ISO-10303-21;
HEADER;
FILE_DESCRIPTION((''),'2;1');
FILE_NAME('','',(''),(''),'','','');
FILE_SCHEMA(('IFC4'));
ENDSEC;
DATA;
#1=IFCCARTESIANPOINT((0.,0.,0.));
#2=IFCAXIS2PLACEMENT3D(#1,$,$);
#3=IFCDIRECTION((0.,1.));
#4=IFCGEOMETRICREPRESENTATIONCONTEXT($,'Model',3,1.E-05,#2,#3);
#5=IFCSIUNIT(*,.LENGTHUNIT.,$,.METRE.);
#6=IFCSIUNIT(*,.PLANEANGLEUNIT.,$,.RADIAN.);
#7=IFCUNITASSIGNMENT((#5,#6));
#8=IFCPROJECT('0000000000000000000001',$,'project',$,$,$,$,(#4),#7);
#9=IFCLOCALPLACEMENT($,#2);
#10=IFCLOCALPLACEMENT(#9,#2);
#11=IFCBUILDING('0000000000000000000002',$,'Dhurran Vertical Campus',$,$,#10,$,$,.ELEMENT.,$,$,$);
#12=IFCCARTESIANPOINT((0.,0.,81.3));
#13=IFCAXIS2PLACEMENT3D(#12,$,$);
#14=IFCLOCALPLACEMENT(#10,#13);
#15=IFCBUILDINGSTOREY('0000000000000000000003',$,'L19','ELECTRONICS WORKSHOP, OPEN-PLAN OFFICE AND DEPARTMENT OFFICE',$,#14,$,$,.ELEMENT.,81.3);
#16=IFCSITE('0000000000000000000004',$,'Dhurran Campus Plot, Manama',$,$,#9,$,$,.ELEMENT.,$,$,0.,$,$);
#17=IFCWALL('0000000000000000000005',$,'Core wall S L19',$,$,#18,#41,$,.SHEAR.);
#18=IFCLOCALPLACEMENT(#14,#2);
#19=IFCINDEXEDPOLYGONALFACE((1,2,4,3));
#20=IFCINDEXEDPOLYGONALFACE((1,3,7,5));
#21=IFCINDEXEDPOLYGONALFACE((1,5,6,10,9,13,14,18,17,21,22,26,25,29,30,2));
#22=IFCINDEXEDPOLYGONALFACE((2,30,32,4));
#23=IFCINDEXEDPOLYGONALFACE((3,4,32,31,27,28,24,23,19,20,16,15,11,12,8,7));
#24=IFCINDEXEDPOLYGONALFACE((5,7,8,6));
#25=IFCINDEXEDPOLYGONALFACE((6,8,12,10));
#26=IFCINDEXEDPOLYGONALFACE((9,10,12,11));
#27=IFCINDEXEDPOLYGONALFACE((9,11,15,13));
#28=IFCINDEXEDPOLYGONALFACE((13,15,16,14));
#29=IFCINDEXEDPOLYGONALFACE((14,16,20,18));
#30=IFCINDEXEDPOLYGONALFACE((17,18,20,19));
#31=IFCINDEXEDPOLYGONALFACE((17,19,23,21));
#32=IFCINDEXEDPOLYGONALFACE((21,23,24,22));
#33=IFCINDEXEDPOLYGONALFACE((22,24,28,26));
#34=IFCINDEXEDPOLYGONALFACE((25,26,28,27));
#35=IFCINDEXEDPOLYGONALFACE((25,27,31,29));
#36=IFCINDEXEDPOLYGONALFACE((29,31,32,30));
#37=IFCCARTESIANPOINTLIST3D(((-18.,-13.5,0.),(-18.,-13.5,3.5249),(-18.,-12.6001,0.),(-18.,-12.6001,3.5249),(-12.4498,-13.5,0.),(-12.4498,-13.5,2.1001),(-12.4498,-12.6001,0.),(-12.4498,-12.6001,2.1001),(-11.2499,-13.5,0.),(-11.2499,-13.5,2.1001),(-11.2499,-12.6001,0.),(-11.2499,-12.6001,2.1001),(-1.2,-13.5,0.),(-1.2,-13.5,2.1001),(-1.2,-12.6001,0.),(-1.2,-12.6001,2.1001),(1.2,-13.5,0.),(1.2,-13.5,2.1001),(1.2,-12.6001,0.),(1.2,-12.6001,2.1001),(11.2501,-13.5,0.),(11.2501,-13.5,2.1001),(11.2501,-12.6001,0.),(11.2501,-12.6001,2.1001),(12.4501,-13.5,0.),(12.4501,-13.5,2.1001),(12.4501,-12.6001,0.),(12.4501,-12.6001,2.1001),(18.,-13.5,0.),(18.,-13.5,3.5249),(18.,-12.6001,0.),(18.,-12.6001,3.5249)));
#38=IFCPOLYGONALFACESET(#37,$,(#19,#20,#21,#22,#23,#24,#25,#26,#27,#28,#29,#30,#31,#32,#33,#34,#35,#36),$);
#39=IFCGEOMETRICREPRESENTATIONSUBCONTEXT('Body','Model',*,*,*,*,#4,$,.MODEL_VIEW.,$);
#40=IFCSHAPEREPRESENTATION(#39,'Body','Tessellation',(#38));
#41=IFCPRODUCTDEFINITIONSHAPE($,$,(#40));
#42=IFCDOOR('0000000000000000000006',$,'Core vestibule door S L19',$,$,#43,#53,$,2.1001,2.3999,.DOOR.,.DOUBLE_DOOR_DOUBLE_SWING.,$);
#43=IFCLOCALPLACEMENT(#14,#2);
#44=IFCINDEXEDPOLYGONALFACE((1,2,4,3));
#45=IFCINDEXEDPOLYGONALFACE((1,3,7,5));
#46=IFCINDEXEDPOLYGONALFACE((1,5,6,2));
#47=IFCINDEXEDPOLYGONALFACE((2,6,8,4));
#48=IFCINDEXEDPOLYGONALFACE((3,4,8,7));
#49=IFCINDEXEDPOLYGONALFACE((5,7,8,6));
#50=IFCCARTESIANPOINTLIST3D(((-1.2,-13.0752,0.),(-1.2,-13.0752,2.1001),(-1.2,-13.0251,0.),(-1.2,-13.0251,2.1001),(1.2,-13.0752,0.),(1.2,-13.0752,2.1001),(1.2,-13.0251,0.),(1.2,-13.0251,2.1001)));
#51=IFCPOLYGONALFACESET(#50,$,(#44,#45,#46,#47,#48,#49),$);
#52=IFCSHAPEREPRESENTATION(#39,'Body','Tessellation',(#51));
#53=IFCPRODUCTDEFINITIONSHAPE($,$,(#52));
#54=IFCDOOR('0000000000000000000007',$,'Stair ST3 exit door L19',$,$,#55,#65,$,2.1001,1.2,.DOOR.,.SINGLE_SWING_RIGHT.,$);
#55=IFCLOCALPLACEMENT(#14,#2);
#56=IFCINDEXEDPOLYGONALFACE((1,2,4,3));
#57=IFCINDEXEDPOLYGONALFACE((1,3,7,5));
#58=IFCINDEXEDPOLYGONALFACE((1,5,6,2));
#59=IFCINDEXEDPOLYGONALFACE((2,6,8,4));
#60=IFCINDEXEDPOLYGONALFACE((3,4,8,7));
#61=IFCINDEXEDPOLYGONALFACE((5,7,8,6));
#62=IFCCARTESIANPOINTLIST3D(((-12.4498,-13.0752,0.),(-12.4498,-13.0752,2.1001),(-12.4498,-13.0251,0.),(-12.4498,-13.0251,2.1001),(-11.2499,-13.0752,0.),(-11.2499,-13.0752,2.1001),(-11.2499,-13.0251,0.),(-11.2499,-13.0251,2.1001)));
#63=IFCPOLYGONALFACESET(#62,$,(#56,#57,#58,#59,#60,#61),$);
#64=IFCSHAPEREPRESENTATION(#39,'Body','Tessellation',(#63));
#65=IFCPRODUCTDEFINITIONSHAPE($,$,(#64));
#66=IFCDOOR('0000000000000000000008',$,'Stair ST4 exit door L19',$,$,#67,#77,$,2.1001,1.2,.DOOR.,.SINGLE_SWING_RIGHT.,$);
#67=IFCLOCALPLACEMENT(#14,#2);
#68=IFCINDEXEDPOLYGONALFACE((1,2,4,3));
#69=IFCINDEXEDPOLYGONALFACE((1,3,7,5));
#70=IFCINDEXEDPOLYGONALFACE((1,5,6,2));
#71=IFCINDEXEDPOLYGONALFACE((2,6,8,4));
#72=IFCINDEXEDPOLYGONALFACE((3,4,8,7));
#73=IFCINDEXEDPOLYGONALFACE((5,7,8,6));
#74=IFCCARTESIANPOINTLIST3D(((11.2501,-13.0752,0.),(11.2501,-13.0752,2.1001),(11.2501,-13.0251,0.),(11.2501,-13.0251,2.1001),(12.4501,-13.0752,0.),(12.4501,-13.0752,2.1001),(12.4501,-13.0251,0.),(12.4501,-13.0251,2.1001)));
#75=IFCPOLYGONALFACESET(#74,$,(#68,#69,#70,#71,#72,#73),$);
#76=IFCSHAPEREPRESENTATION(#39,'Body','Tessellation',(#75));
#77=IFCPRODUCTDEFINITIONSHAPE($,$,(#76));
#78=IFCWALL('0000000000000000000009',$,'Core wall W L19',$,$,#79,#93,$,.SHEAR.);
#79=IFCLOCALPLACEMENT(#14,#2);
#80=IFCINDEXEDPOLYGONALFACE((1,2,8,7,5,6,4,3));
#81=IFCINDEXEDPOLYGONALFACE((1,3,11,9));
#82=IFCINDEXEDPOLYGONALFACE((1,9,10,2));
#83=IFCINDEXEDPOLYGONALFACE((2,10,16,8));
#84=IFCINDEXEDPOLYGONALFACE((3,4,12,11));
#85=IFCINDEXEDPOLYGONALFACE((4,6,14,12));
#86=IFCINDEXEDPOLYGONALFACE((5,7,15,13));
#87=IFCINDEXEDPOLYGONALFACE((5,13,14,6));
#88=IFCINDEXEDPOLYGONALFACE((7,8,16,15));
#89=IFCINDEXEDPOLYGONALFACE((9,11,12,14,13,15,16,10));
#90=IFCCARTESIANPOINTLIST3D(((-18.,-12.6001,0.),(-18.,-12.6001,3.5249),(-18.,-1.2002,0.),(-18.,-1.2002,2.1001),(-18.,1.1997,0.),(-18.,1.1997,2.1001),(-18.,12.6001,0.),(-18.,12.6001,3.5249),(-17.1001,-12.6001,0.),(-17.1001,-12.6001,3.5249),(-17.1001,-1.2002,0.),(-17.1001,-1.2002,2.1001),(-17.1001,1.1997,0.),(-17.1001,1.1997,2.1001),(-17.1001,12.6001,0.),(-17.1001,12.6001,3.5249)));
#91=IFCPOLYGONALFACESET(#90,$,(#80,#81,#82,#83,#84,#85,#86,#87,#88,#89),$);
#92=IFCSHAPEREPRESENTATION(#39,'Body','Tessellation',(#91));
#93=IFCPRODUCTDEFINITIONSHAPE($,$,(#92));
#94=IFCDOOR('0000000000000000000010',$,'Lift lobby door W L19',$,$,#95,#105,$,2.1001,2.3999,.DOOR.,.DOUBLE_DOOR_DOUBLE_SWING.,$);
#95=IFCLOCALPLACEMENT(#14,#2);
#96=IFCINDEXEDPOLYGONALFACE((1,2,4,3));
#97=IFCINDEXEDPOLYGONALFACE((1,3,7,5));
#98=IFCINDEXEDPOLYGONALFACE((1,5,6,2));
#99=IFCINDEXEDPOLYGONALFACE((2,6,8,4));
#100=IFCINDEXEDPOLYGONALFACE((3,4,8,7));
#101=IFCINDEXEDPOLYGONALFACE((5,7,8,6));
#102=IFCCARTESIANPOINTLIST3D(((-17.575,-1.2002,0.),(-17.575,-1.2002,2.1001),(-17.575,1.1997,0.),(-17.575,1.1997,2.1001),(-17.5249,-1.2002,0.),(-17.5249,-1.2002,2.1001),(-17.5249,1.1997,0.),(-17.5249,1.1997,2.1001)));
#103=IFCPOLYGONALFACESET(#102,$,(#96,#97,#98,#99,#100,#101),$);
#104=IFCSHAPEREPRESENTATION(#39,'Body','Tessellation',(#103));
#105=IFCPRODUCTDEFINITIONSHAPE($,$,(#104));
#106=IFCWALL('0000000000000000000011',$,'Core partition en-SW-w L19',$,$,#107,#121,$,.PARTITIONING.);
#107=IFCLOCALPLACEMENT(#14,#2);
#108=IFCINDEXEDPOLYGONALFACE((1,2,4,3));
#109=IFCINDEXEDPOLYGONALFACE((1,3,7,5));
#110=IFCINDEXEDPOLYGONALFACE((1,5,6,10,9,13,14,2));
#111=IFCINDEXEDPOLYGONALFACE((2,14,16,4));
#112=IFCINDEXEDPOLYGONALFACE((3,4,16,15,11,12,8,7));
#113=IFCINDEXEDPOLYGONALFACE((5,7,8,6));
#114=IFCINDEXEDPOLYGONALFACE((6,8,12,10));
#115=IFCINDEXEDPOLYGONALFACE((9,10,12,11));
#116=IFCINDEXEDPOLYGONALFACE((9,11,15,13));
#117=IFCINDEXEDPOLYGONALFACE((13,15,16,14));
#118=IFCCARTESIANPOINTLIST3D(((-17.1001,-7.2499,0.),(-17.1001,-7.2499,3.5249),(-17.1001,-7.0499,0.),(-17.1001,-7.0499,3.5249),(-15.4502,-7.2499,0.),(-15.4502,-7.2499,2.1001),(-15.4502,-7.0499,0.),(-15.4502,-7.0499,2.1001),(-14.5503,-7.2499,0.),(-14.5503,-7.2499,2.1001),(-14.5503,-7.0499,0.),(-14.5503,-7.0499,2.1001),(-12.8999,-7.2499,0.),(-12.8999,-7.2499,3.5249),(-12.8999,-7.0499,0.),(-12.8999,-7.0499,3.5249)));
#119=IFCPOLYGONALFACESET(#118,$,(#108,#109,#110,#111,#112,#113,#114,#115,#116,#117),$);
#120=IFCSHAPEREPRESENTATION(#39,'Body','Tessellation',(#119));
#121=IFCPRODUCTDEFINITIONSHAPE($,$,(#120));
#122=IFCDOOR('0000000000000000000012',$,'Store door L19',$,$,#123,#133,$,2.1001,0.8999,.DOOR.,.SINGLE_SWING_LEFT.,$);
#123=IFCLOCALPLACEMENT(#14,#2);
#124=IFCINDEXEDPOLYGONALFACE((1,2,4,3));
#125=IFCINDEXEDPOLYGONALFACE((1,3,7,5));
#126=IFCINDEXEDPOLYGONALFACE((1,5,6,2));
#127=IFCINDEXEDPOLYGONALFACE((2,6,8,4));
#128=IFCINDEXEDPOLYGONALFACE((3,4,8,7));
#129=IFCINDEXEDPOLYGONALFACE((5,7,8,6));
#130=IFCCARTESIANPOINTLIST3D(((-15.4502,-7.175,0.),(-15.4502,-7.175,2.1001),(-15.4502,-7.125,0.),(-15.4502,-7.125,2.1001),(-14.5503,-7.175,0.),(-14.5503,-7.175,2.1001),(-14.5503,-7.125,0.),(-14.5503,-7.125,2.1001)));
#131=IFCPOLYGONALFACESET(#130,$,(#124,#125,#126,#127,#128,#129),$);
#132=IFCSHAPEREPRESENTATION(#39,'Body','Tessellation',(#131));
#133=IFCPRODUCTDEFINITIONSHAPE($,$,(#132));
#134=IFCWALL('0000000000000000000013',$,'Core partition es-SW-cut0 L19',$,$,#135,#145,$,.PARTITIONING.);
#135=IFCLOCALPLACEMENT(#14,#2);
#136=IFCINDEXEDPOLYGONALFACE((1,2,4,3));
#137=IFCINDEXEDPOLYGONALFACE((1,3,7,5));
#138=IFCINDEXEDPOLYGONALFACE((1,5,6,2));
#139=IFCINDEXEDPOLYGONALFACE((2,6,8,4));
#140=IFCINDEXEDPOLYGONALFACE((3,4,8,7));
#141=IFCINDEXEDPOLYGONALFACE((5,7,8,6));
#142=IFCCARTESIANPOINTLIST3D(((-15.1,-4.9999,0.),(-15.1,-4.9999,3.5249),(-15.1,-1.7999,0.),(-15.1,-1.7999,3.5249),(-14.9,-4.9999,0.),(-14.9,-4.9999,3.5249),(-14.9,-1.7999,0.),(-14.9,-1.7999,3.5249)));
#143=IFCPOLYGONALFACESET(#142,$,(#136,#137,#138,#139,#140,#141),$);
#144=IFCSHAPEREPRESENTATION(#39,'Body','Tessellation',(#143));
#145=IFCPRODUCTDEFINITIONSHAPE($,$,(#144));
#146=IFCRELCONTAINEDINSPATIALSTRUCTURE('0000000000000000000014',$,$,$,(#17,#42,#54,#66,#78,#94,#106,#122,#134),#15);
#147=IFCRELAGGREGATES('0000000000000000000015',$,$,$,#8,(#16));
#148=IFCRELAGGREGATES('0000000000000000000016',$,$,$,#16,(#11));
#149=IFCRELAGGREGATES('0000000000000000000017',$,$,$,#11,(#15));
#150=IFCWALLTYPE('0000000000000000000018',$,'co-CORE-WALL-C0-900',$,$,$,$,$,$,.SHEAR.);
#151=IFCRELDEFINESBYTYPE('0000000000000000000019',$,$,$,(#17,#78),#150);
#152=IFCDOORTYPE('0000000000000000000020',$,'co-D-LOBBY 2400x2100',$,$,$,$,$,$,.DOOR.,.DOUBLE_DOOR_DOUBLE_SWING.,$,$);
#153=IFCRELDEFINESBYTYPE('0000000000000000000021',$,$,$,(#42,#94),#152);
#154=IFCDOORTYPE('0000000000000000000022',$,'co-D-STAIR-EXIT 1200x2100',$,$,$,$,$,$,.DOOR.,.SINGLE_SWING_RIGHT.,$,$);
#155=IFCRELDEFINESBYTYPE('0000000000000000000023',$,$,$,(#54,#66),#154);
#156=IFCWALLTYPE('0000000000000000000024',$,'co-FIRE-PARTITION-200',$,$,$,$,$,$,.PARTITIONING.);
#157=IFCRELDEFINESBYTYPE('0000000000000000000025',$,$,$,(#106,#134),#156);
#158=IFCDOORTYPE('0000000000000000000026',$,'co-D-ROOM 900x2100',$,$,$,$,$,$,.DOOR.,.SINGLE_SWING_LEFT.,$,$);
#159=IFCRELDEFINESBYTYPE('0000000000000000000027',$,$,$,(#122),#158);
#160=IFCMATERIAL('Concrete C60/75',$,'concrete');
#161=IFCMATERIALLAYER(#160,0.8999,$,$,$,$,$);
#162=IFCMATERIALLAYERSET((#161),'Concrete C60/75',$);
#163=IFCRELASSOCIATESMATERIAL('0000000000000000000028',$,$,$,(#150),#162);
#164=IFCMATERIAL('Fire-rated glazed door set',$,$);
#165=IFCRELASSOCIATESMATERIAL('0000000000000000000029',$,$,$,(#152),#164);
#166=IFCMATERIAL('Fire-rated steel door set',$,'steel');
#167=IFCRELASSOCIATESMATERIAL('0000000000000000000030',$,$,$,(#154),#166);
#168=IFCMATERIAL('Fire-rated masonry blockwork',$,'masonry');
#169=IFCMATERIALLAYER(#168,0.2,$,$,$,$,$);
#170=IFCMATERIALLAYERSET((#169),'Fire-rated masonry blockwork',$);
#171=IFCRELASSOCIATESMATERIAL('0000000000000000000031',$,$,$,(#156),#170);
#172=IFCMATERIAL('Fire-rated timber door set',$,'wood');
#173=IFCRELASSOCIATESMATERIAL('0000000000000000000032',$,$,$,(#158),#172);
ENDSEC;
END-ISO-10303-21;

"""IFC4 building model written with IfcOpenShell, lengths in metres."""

from ifc_helpers import new_model, si_unit, direction, frame, frame_2d, origin, place, context, subcontext, project, spatial, rectangle, extrude, material, layer, layer_set, type_object, element, fill, save


model = new_model("IFC4")

# Units and contexts
model_context = context("Model", 3, precision=1e-05, world=origin(), true_north=direction((0.0, 1.0)))
body_context = subcontext(model_context, "Body", "Model", "MODEL_VIEW")
ifc_project = project(units=[si_unit("LENGTHUNIT", "METRE"), si_unit("PLANEANGLEUNIT", "RADIAN")], contexts=[model_context])

# Site, building, storey
site_placement = place(None, origin())
site = spatial("IfcSite", under=ifc_project, at=site_placement, Name="Dhurran Campus Plot, Manama", CompositionType="ELEMENT", RefElevation=0.0)
building_placement = place(site_placement, origin())
building = spatial("IfcBuilding", under=site, at=building_placement, Name="Dhurran Vertical Campus", CompositionType="ELEMENT")
storey_placement = place(building_placement, frame((0.0, 0.0, 81.3)))
storey = spatial("IfcBuildingStorey", under=building, at=storey_placement, Name="L19", Description="ELECTRONICS WORKSHOP, OPEN-PLAN OFFICE AND DEPARTMENT OFFICE", CompositionType="ELEMENT", Elevation=81.3)

# Wall, openings, doors
ifc_material_1 = material(Name="Concrete C60/75", Category="concrete")
ifc_layer_1 = layer(ifc_material_1, 0.8999)
ifc_layer_set_1 = layer_set([ifc_layer_1], Name="Concrete C60/75")
wall_type_1 = type_object("IfcWallType", Name="co-CORE-WALL-C0-900", PredefinedType="SHEAR", material=ifc_layer_set_1)
wall_1_placement = place(storey_placement, frame((-18.0, -13.05, 0.0), z_axis=(0.0, 0.0, 1.0), x_axis=(1.0, 0.0, 0.0)))
wall_1 = element("IfcWall", 1, at=wall_1_placement, inside=storey, type_object=wall_type_1, Name="Core wall S L19", PredefinedType="SHEAR", context=body_context, shape_type="SweptSolid", body=[
    extrude(rectangle(XDim=36.0, YDim=0.8999, at=frame_2d((18.0, 0.0))), origin(), (0.0, 0.0, 1.0), 3.5249),
])
opening_1_placement = place(wall_1_placement, frame((16.8, 0.0, 0.0)))
opening_1 = element("IfcOpeningElement", 2, at=opening_1_placement, cuts=wall_1, PredefinedType="OPENING", context=body_context, shape_type="SweptSolid", body=[
    extrude(rectangle(XDim=2.3999, YDim=2.1001, at=frame_2d((1.2, 1.05))), frame((0.0, 0.46, 0.0), z_axis=(0.0, -1.0, 0.0), x_axis=(1.0, 0.0, 0.0)), (0.0, 0.0, 1.0), 0.9199),
])
opening_2_placement = place(wall_1_placement, frame((5.55, 0.0, 0.0)))
opening_2 = element("IfcOpeningElement", 3, at=opening_2_placement, cuts=wall_1, PredefinedType="OPENING", context=body_context, shape_type="SweptSolid", body=[
    extrude(rectangle(XDim=1.2, YDim=2.1001, at=frame_2d((0.6001, 1.05))), frame((0.0, 0.46, 0.0), z_axis=(0.0, -1.0, 0.0), x_axis=(1.0, 0.0, 0.0)), (0.0, 0.0, 1.0), 0.9199),
])
opening_3_placement = place(wall_1_placement, frame((29.25, 0.0, 0.0)))
opening_3 = element("IfcOpeningElement", 4, at=opening_3_placement, cuts=wall_1, PredefinedType="OPENING", context=body_context, shape_type="SweptSolid", body=[
    extrude(rectangle(XDim=1.2, YDim=2.1001, at=frame_2d((0.6001, 1.05))), frame((0.0, 0.46, 0.0), z_axis=(0.0, -1.0, 0.0), x_axis=(1.0, 0.0, 0.0)), (0.0, 0.0, 1.0), 0.9199),
])
ifc_material_2 = material(Name="Fire-rated glazed door set")
door_type_1 = type_object("IfcDoorType", Name="co-D-LOBBY 2400x2100", OperationType="DOUBLE_DOOR_DOUBLE_SWING", PredefinedType="DOOR", material=ifc_material_2)
door_1_placement = place(opening_1_placement, origin())
door_1 = element("IfcDoor", 5, at=door_1_placement, inside=storey, type_object=door_type_1, Name="Core vestibule door S L19", OperationType="DOUBLE_DOOR_DOUBLE_SWING", OverallHeight=2.1001, OverallWidth=2.3999, PredefinedType="DOOR", context=body_context, shape_type="SweptSolid", body=[
    extrude(rectangle(XDim=2.3999, YDim=2.1001, at=frame_2d((1.2, 1.05))), frame((0.0, 0.0249, 0.0), z_axis=(0.0, -1.0, 0.0), x_axis=(1.0, 0.0, 0.0)), (0.0, 0.0, 1.0), 0.05),
])
fill(opening_1, door_1)
ifc_material_3 = material(Name="Fire-rated steel door set", Category="steel")
door_type_2 = type_object("IfcDoorType", Name="co-D-STAIR-EXIT 1200x2100", OperationType="SINGLE_SWING_RIGHT", PredefinedType="DOOR", material=ifc_material_3)
door_2_placement = place(opening_2_placement, origin())
door_2 = element("IfcDoor", 6, at=door_2_placement, inside=storey, type_object=door_type_2, Name="Stair ST3 exit door L19", OperationType="SINGLE_SWING_RIGHT", OverallHeight=2.1001, OverallWidth=1.2, PredefinedType="DOOR", context=body_context, shape_type="SweptSolid", body=[
    extrude(rectangle(XDim=1.2, YDim=2.1001, at=frame_2d((0.6001, 1.05))), frame((0.0, 0.0249, 0.0), z_axis=(0.0, -1.0, 0.0), x_axis=(1.0, 0.0, 0.0)), (0.0, 0.0, 1.0), 0.05),
])
fill(opening_2, door_2)
door_3_placement = place(opening_3_placement, origin())
door_3 = element("IfcDoor", 7, at=door_3_placement, inside=storey, type_object=door_type_2, Name="Stair ST4 exit door L19", OperationType="SINGLE_SWING_RIGHT", OverallHeight=2.1001, OverallWidth=1.2, PredefinedType="DOOR", context=body_context, shape_type="SweptSolid", body=[
    extrude(rectangle(XDim=1.2, YDim=2.1001, at=frame_2d((0.6001, 1.05))), frame((0.0, 0.0249, 0.0), z_axis=(0.0, -1.0, 0.0), x_axis=(1.0, 0.0, 0.0)), (0.0, 0.0, 1.0), 0.05),
])
fill(opening_3, door_3)

# Walls, openings, doors
wall_2_placement = place(storey_placement, frame((-17.55, -12.6001, 0.0), z_axis=(0.0, 0.0, 1.0), x_axis=(0.0, 1.0, 0.0)))
wall_2 = element("IfcWall", 8, at=wall_2_placement, inside=storey, type_object=wall_type_1, Name="Core wall W L19", PredefinedType="SHEAR", context=body_context, shape_type="SweptSolid", body=[
    extrude(rectangle(XDim=25.2002, YDim=0.8999, at=frame_2d((12.6001, 0.0))), origin(), (0.0, 0.0, 1.0), 3.5249),
])
opening_4_placement = place(wall_2_placement, frame((11.3999, 0.0, 0.0)))
opening_4 = element("IfcOpeningElement", 9, at=opening_4_placement, cuts=wall_2, PredefinedType="OPENING", context=body_context, shape_type="SweptSolid", body=[
    extrude(rectangle(XDim=2.3999, YDim=2.1001, at=frame_2d((1.2, 1.05))), frame((0.0, 0.46, 0.0), z_axis=(0.0, -1.0, 0.0), x_axis=(1.0, 0.0, 0.0)), (0.0, 0.0, 1.0), 0.9199),
])
door_4_placement = place(opening_4_placement, origin())
door_4 = element("IfcDoor", 10, at=door_4_placement, inside=storey, type_object=door_type_1, Name="Lift lobby door W L19", OperationType="DOUBLE_DOOR_DOUBLE_SWING", OverallHeight=2.1001, OverallWidth=2.3999, PredefinedType="DOOR", context=body_context, shape_type="SweptSolid", body=[
    extrude(rectangle(XDim=2.3999, YDim=2.1001, at=frame_2d((1.2, 1.05))), frame((0.0, 0.0249, 0.0), z_axis=(0.0, -1.0, 0.0), x_axis=(1.0, 0.0, 0.0)), (0.0, 0.0, 1.0), 0.05),
])
fill(opening_4, door_4)
ifc_material_4 = material(Name="Fire-rated masonry blockwork", Category="masonry")
ifc_layer_2 = layer(ifc_material_4, 0.2)
ifc_layer_set_2 = layer_set([ifc_layer_2], Name="Fire-rated masonry blockwork")
wall_type_2 = type_object("IfcWallType", Name="co-FIRE-PARTITION-200", PredefinedType="PARTITIONING", material=ifc_layer_set_2)
wall_3_placement = place(storey_placement, frame((-17.1001, -7.1499, 0.0), z_axis=(0.0, 0.0, 1.0), x_axis=(1.0, 0.0, 0.0)))
wall_3 = element("IfcWall", 11, at=wall_3_placement, inside=storey, type_object=wall_type_2, Name="Core partition en-SW-w L19", PredefinedType="PARTITIONING", context=body_context, shape_type="SweptSolid", body=[
    extrude(rectangle(XDim=4.2002, YDim=0.2, at=frame_2d((2.1001, 0.0))), origin(), (0.0, 0.0, 1.0), 3.5249),
])
opening_5_placement = place(wall_3_placement, frame((1.6499, 0.0, 0.0)))
opening_5 = element("IfcOpeningElement", 12, at=opening_5_placement, cuts=wall_3, PredefinedType="OPENING", context=body_context, shape_type="SweptSolid", body=[
    extrude(rectangle(XDim=0.8999, YDim=2.1001, at=frame_2d((0.45, 1.05))), frame((0.0, 0.1099, 0.0), z_axis=(0.0, -1.0, 0.0), x_axis=(1.0, 0.0, 0.0)), (0.0, 0.0, 1.0), 0.22),
])
ifc_material_5 = material(Name="Fire-rated timber door set", Category="wood")
door_type_3 = type_object("IfcDoorType", Name="co-D-ROOM 900x2100", OperationType="SINGLE_SWING_LEFT", PredefinedType="DOOR", material=ifc_material_5)
door_5_placement = place(opening_5_placement, origin())
door_5 = element("IfcDoor", 13, at=door_5_placement, inside=storey, type_object=door_type_3, Name="Store door L19", OperationType="SINGLE_SWING_LEFT", OverallHeight=2.1001, OverallWidth=0.8999, PredefinedType="DOOR", context=body_context, shape_type="SweptSolid", body=[
    extrude(rectangle(XDim=0.8999, YDim=2.1001, at=frame_2d((0.45, 1.05))), frame((0.0, 0.0249, 0.0), z_axis=(0.0, -1.0, 0.0), x_axis=(1.0, 0.0, 0.0)), (0.0, 0.0, 1.0), 0.05),
])
fill(opening_5, door_5)

# Wall
wall_4_placement = place(storey_placement, frame((-15.0, -5.0, 0.0), z_axis=(0.0, 0.0, 1.0), x_axis=(0.0, 1.0, 0.0)))
element("IfcWall", 14, at=wall_4_placement, inside=storey, type_object=wall_type_2, Name="Core partition es-SW-cut0 L19", PredefinedType="PARTITIONING", context=body_context, shape_type="SweptSolid", body=[
    extrude(rectangle(XDim=3.2, YDim=0.2, at=frame_2d((1.6001, 0.0))), origin(), (0.0, 0.0, 1.0), 3.5249),
])

save(model, "model.ifc")
